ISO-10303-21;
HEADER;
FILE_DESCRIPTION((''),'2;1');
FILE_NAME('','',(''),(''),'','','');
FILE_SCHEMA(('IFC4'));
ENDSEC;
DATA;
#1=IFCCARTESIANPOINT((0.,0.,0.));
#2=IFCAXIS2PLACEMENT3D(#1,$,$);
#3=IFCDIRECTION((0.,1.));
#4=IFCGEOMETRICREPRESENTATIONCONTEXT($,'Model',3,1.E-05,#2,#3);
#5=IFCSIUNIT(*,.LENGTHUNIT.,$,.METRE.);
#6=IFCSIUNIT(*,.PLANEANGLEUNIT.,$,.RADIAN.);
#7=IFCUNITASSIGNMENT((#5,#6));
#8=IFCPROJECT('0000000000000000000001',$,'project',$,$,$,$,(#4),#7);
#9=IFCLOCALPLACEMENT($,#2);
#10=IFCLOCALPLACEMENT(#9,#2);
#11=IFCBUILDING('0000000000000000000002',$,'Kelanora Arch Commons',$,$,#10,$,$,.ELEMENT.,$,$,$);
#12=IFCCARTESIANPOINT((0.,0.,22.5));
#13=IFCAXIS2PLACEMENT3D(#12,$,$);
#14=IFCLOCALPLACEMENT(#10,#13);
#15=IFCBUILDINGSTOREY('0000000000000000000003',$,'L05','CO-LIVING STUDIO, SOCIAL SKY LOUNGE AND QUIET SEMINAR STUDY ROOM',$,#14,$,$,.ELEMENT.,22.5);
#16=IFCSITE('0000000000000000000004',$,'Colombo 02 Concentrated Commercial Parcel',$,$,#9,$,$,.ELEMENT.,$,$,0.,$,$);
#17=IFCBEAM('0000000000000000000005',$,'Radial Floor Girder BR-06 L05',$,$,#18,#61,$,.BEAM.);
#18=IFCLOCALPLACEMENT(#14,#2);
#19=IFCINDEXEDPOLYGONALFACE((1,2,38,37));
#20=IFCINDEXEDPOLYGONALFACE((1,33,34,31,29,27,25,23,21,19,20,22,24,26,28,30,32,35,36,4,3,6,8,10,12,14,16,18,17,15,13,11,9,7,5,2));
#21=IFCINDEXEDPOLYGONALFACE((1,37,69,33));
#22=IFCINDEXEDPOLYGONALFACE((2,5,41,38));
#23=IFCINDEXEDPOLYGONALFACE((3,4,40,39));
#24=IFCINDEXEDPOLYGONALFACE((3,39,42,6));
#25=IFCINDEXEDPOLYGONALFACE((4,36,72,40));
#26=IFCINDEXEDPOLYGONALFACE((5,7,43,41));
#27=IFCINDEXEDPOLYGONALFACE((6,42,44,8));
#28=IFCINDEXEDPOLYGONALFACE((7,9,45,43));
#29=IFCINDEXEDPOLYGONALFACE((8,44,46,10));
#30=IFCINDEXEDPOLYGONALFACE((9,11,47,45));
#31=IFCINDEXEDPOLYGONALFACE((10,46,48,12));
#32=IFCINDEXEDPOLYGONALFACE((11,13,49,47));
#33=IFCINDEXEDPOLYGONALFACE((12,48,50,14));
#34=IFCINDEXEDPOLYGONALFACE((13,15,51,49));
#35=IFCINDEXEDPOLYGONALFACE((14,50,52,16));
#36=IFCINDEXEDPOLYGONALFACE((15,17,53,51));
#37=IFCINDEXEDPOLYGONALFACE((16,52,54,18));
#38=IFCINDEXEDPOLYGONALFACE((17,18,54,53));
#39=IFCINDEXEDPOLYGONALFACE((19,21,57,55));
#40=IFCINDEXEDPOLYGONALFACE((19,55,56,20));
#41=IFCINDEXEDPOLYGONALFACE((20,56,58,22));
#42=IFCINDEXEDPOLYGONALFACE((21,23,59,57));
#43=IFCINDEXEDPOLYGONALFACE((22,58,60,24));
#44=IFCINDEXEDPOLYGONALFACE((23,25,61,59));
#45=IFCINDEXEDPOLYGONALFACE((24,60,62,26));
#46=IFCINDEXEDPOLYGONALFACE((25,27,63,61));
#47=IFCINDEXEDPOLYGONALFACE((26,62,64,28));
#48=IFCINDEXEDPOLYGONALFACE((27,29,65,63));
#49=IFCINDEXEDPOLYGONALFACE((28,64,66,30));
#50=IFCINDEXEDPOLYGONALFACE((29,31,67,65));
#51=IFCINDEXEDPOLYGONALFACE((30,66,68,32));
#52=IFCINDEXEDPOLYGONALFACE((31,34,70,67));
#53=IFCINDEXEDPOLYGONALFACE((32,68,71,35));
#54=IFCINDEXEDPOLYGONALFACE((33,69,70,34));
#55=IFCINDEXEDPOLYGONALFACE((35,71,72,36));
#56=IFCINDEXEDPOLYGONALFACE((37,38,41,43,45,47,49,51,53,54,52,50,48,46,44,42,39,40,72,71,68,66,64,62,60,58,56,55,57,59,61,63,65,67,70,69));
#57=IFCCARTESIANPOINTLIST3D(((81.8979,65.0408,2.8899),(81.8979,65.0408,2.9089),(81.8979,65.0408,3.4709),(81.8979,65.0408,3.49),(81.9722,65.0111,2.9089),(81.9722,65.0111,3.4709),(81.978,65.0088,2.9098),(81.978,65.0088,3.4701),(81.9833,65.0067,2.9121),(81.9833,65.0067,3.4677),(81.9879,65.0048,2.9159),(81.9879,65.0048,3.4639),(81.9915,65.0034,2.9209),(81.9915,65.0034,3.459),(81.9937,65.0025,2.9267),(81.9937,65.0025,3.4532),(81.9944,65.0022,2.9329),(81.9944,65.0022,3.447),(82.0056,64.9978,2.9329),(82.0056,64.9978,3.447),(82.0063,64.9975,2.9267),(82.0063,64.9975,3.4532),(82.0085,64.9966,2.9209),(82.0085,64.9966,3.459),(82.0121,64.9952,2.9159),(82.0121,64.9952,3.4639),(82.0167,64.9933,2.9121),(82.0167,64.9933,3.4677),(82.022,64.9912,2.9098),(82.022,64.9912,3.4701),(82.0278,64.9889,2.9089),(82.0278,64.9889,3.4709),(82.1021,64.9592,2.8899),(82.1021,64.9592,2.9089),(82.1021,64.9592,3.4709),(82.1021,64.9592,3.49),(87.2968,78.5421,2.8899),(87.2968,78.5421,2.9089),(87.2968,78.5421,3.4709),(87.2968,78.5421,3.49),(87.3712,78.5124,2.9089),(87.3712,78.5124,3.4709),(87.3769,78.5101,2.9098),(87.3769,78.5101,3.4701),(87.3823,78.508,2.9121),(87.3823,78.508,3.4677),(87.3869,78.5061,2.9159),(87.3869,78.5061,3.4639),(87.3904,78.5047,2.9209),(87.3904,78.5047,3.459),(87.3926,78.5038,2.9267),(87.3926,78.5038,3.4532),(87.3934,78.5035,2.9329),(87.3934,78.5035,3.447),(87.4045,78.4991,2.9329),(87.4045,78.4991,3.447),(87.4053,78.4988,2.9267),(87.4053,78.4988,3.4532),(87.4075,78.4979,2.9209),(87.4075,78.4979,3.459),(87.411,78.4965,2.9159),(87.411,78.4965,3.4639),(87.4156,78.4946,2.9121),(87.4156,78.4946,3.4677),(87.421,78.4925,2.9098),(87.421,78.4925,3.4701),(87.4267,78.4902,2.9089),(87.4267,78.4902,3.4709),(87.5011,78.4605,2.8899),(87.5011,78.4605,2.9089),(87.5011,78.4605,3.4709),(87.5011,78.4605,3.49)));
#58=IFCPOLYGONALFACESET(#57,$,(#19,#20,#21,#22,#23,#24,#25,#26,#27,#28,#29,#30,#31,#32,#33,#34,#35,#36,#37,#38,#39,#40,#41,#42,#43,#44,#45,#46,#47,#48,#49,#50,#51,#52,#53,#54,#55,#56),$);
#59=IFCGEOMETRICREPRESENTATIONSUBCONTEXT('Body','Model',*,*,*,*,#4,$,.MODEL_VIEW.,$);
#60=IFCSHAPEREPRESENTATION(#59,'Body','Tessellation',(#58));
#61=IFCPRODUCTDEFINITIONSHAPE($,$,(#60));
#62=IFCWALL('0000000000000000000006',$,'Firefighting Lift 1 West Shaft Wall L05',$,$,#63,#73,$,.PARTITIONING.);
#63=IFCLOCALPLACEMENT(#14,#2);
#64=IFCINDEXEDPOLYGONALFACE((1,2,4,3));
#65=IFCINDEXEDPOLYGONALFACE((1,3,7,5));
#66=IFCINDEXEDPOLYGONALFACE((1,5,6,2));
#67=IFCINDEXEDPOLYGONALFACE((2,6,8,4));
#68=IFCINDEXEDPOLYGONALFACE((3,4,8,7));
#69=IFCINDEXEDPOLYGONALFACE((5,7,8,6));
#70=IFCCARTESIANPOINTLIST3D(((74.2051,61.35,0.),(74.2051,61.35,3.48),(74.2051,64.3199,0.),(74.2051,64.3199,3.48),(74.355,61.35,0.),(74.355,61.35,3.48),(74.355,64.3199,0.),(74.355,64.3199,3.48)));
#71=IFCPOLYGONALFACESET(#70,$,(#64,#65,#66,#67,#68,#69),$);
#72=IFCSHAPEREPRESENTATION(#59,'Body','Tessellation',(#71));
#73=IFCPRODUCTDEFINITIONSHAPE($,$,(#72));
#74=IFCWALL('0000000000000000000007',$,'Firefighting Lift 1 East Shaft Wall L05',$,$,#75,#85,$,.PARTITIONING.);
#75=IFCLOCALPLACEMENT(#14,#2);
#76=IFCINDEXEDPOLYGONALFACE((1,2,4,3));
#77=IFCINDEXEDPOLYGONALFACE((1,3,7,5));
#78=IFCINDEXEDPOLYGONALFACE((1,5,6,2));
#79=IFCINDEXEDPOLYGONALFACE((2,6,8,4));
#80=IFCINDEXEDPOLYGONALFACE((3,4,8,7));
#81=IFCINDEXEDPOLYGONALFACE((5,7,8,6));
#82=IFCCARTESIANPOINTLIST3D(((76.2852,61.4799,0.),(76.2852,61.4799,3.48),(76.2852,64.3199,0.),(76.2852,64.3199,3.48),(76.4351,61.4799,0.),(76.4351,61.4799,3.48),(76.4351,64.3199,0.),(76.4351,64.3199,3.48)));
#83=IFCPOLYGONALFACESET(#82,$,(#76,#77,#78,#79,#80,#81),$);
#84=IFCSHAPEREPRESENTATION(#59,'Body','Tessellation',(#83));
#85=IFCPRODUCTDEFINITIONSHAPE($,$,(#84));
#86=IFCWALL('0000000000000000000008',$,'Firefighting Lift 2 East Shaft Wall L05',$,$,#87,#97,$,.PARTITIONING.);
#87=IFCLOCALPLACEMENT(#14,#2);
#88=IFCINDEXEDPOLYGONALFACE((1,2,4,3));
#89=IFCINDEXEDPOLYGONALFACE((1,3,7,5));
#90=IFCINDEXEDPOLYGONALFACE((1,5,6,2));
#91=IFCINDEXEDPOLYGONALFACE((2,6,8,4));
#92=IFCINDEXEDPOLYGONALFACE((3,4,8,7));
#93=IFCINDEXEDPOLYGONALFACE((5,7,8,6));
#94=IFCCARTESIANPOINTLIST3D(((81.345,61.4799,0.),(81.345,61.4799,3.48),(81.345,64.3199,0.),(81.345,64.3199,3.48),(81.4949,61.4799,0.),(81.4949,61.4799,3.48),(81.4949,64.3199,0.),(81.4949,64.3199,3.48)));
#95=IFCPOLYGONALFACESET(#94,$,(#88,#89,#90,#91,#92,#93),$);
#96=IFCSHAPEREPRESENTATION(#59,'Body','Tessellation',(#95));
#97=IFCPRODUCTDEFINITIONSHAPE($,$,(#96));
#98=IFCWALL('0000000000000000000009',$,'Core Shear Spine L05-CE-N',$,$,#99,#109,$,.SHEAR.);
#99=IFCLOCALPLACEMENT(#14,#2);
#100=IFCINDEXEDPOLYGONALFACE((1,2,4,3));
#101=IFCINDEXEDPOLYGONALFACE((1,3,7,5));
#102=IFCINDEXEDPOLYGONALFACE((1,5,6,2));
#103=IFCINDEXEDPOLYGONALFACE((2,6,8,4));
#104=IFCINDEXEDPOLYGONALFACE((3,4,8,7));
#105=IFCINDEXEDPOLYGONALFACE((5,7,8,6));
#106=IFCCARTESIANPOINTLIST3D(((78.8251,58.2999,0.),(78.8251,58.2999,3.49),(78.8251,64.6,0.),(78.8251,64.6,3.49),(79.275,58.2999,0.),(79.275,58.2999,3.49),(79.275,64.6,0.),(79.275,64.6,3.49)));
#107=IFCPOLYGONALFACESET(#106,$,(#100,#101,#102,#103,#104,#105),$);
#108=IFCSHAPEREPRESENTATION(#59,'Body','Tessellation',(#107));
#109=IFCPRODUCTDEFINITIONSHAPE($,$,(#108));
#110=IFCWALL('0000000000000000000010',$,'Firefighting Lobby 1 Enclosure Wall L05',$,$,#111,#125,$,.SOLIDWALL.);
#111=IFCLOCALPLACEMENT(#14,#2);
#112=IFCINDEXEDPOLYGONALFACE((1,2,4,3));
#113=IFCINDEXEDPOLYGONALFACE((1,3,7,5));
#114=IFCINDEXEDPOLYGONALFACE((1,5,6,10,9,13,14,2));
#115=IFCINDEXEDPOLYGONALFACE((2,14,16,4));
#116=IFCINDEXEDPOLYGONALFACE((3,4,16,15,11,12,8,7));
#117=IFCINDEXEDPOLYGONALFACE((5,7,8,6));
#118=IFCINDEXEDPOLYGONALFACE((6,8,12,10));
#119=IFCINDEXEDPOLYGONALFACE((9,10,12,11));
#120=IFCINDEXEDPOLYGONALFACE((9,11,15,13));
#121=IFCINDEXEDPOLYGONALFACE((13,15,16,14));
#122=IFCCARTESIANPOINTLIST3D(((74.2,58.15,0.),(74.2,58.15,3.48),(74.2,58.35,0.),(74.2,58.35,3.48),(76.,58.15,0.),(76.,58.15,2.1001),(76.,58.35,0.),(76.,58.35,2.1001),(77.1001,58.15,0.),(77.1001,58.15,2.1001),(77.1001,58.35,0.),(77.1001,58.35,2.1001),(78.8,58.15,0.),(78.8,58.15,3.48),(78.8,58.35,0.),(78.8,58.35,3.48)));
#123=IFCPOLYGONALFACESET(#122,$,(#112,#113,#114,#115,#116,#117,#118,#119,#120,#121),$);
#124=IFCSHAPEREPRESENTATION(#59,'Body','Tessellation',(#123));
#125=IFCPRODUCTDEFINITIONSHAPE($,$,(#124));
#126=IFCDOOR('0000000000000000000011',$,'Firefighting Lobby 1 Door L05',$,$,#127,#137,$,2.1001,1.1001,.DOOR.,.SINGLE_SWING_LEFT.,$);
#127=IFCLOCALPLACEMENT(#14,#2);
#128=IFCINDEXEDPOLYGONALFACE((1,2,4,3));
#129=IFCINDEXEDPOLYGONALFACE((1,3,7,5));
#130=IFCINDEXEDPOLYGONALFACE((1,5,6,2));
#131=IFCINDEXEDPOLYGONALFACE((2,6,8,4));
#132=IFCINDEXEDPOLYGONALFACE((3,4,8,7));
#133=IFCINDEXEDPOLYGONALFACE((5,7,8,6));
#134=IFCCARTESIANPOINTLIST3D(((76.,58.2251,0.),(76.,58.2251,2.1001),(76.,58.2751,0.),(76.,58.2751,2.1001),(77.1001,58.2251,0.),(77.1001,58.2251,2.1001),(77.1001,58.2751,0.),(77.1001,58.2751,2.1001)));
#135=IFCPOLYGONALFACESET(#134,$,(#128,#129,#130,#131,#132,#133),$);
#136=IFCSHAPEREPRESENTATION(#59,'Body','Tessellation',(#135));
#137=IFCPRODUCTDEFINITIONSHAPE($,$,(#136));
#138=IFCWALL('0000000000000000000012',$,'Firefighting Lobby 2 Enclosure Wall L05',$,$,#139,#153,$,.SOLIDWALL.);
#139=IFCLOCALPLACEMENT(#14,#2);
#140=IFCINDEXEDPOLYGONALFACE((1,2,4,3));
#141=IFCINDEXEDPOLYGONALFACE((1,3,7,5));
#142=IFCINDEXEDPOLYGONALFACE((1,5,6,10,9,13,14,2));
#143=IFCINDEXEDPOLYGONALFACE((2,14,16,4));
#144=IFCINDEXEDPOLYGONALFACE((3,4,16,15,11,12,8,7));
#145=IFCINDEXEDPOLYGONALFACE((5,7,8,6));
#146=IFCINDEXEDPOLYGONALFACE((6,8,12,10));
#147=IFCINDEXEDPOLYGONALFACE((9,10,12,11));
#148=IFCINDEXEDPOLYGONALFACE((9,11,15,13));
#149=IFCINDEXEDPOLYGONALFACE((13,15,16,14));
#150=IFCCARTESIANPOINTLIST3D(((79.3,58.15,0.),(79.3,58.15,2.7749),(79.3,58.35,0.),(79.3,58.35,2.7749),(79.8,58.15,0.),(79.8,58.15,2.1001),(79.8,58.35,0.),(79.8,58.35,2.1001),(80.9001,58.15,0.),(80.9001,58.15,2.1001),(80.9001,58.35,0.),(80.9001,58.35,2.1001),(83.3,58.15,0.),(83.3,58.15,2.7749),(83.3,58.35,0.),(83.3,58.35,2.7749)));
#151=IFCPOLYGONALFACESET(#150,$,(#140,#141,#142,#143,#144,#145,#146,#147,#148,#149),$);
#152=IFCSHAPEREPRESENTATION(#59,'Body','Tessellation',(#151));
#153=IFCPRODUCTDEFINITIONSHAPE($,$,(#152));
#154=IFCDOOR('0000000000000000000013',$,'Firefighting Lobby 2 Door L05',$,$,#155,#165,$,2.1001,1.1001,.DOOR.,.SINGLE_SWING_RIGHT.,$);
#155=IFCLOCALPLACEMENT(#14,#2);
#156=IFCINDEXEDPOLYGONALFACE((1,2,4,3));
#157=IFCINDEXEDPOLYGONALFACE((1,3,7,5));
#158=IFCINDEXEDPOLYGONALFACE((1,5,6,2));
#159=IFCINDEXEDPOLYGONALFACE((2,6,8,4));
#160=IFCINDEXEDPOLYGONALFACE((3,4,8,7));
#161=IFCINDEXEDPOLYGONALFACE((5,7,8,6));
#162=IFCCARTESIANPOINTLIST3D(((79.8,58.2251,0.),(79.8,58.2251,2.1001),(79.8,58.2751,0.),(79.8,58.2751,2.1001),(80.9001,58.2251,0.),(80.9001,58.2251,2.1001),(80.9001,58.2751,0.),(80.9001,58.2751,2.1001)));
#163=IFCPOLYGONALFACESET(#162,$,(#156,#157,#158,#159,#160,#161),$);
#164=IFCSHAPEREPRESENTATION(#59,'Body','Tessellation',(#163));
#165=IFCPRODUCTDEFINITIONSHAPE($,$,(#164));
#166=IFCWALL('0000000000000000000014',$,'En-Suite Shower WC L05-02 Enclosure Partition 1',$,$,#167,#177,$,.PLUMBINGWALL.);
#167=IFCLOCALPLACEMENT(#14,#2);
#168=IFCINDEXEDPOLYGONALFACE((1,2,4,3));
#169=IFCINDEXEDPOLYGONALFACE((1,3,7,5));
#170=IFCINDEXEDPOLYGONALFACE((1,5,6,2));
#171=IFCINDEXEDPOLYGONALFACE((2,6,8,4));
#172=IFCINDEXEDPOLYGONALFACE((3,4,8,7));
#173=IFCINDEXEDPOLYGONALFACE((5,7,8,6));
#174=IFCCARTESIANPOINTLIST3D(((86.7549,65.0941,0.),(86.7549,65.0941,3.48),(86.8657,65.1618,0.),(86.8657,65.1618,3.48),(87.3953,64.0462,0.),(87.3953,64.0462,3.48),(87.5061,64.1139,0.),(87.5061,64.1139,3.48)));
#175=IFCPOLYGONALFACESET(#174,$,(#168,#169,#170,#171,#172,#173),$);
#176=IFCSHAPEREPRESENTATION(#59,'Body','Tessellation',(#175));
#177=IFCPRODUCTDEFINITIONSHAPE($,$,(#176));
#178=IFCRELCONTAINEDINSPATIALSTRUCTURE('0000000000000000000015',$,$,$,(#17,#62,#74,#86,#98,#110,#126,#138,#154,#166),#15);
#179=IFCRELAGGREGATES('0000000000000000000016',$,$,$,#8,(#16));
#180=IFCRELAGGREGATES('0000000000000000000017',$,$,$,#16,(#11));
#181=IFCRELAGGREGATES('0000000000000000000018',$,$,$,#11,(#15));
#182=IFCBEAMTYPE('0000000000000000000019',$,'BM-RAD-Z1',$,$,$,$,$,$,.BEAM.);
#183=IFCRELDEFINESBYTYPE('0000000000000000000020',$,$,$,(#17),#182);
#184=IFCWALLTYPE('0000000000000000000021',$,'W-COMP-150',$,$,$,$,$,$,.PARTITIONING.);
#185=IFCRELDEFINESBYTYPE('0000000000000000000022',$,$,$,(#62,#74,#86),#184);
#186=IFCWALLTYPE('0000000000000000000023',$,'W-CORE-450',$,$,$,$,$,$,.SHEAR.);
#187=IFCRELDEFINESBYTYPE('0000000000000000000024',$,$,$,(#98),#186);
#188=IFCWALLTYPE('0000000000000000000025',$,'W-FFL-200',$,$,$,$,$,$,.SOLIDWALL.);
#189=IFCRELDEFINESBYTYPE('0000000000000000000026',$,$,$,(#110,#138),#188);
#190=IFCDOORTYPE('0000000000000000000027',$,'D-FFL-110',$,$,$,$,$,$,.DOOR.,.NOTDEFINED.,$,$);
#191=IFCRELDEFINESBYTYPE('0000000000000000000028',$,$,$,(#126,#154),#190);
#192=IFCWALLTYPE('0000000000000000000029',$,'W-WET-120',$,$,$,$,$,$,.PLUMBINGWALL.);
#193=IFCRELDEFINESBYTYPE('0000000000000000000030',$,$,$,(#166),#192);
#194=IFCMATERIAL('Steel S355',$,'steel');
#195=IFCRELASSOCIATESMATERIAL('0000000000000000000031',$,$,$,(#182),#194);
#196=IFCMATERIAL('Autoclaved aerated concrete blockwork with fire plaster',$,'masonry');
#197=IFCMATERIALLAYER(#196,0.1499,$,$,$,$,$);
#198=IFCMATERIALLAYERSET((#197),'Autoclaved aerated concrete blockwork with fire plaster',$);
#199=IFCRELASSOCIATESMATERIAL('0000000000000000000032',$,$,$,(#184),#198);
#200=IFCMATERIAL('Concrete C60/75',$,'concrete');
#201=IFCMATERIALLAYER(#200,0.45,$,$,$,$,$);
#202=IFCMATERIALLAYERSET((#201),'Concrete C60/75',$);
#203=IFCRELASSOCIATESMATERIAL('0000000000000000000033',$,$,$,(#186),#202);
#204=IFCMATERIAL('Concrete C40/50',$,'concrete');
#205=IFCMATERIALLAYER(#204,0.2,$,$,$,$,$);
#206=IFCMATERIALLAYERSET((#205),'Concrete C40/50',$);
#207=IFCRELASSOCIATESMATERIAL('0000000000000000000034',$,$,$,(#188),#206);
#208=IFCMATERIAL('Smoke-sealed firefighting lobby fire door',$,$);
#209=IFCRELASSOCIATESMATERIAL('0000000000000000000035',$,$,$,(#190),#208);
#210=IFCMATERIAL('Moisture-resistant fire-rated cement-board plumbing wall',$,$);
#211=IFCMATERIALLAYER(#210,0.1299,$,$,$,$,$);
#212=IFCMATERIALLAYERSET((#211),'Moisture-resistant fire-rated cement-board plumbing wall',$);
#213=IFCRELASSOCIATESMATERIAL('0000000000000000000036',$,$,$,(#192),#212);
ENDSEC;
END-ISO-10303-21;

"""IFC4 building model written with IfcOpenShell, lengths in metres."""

from ifc_helpers import new_model, si_unit, direction, frame, frame_2d, origin, origin_2d, place, context, subcontext, project, spatial, rectangle, i_section, extrude, material, layer, layer_set, material_profile, profile_set, type_object, element, fill, save


model = new_model("IFC4")

# Units and contexts
model_context = context("Model", 3, precision=1e-05, world=origin(), true_north=direction((0.0, 1.0)))
body_context = subcontext(model_context, "Body", "Model", "MODEL_VIEW")
ifc_project = project(units=[si_unit("LENGTHUNIT", "METRE"), si_unit("PLANEANGLEUNIT", "RADIAN")], contexts=[model_context])

# Site, building, storey
site_placement = place(None, origin())
site = spatial("IfcSite", under=ifc_project, at=site_placement, Name="Colombo 02 Concentrated Commercial Parcel", CompositionType="ELEMENT", RefElevation=0.0)
building_placement = place(site_placement, origin())
building = spatial("IfcBuilding", under=site, at=building_placement, Name="Kelanora Arch Commons", CompositionType="ELEMENT")
storey_placement = place(building_placement, frame((0.0, 0.0, 22.5)))
storey = spatial("IfcBuildingStorey", under=building, at=storey_placement, Name="L05", Description="CO-LIVING STUDIO, SOCIAL SKY LOUNGE AND QUIET SEMINAR STUDY ROOM", CompositionType="ELEMENT", Elevation=22.5)

# Shared definitions
ifc_material_1 = material(Name="Concrete C60/75", Category="concrete")

# Beam
ifc_material_2 = material(Name="Steel S355", Category="steel")
ifc_material_profile_1 = material_profile(ifc_material_2, i_section(OverallWidth=0.22, OverallDepth=0.6001, WebThickness=0.012, FlangeThickness=0.019, FilletRadius=0.0239, at=origin_2d()), Name="IPE600")
ifc_profile_set_1 = profile_set([ifc_material_profile_1], Name="Steel S355")
beam_type_1 = type_object("IfcBeamType", Name="BM-RAD-Z1", PredefinedType="BEAM", material=ifc_profile_set_1)
beam_1_placement = place(storey_placement, frame((82.0, 65.0, 3.1899), z_axis=(0.371298, 0.928514, 0.0), x_axis=(-0.928514, 0.371298, 0.0)))
element("IfcBeam", 1, at=beam_1_placement, inside=storey, type_object=beam_type_1, Name="Radial Floor Girder BR-06 L05", PredefinedType="BEAM", context=body_context, shape_type="SweptSolid", body=[
    extrude(i_section(OverallWidth=0.22, OverallDepth=0.6001, WebThickness=0.012, FlangeThickness=0.019, FilletRadius=0.0239, at=origin_2d()), origin(), (0.0, 0.0, 1.0), 14.5408),
])

# Walls
ifc_material_3 = material(Name="Autoclaved aerated concrete blockwork with fire plaster", Category="masonry")
ifc_layer_1 = layer(ifc_material_3, 0.1499)
ifc_layer_set_1 = layer_set([ifc_layer_1], Name="Autoclaved aerated concrete blockwork with fire plaster")
wall_type_1 = type_object("IfcWallType", Name="W-COMP-150", PredefinedType="PARTITIONING", material=ifc_layer_set_1)
wall_1_placement = place(storey_placement, frame((74.28, 61.3501, 0.0), z_axis=(0.0, 0.0, 1.0), x_axis=(0.0, 1.0, 0.0)))
element("IfcWall", 2, at=wall_1_placement, inside=storey, type_object=wall_type_1, Name="Firefighting Lift 1 West Shaft Wall L05", PredefinedType="PARTITIONING", context=body_context, shape_type="SweptSolid", body=[
    extrude(rectangle(XDim=2.97, YDim=0.1499, at=frame_2d((1.4849, 0.0))), origin(), (0.0, 0.0, 1.0), 3.48),
])
for number, where, z_axis, x_axis, name in (
    (3, (76.3601, 61.48, 0.0), (0.0, 0.0, 1.0), (0.0, 1.0, 0.0), "Firefighting Lift 1 East Shaft Wall L05"),
    (4, (81.4199, 61.48, 0.0), (0.0, 0.0, 1.0), (0.0, 1.0, 0.0), "Firefighting Lift 2 East Shaft Wall L05"),
):
    element("IfcWall", number, at=place(storey_placement, frame(where, z_axis=z_axis, x_axis=x_axis)), inside=storey, type_object=wall_type_1, Name=name, PredefinedType="PARTITIONING", context=body_context, shape_type="SweptSolid", body=[
        extrude(rectangle(XDim=2.8401, YDim=0.1499, at=frame_2d((1.4199, 0.0))), origin(), (0.0, 0.0, 1.0), 3.48),
    ])
ifc_layer_2 = layer(ifc_material_1, 0.45)
ifc_layer_set_2 = layer_set([ifc_layer_2], Name="Concrete C60/75")
wall_type_2 = type_object("IfcWallType", Name="W-CORE-450", PredefinedType="SHEAR", material=ifc_layer_set_2)
wall_2_placement = place(storey_placement, frame((79.05, 58.3, 0.0), z_axis=(0.0, 0.0, 1.0), x_axis=(0.0, 1.0, 0.0)))
element("IfcWall", 5, at=wall_2_placement, inside=storey, type_object=wall_type_2, Name="Core Shear Spine L05-CE-N", PredefinedType="SHEAR", context=body_context, shape_type="SweptSolid", body=[
    extrude(rectangle(XDim=6.3, YDim=0.45, at=frame_2d((3.1499, 0.0))), origin(), (0.0, 0.0, 1.0), 3.49),
])

# Walls, openings, doors
ifc_material_4 = material(Name="Concrete C40/50", Category="concrete")
ifc_layer_3 = layer(ifc_material_4, 0.2)
ifc_layer_set_3 = layer_set([ifc_layer_3], Name="Concrete C40/50")
wall_type_3 = type_object("IfcWallType", Name="W-FFL-200", PredefinedType="SOLIDWALL", material=ifc_layer_set_3)
wall_3_placement = place(storey_placement, frame((74.2, 58.25, 0.0), z_axis=(0.0, 0.0, 1.0), x_axis=(1.0, 0.0, 0.0)))
wall_3 = element("IfcWall", 6, at=wall_3_placement, inside=storey, type_object=wall_type_3, Name="Firefighting Lobby 1 Enclosure Wall L05", PredefinedType="SOLIDWALL", context=body_context, shape_type="SweptSolid", body=[
    extrude(rectangle(XDim=4.6001, YDim=0.2, at=frame_2d((2.3, 0.0))), origin(), (0.0, 0.0, 1.0), 3.48),
])
opening_1_placement = place(wall_3_placement, frame((1.8, 0.0, 0.0)))
opening_1 = element("IfcOpeningElement", 7, at=opening_1_placement, cuts=wall_3, PredefinedType="OPENING", context=body_context, shape_type="SweptSolid", body=[
    extrude(rectangle(XDim=1.1001, YDim=2.1001, at=frame_2d((0.55, 1.05))), frame((0.0, 0.1099, 0.0), z_axis=(0.0, -1.0, 0.0), x_axis=(1.0, 0.0, 0.0)), (0.0, 0.0, 1.0), 0.22),
])
ifc_material_5 = material(Name="Smoke-sealed firefighting lobby fire door")
door_type_1 = type_object("IfcDoorType", Name="D-FFL-110", OperationType="NOTDEFINED", PredefinedType="DOOR", material=ifc_material_5)
door_1_placement = place(opening_1_placement, frame((1.1001, 0.0, 0.0), z_axis=(0.0, 0.0, 1.0), x_axis=(-1.0, 0.0, 0.0)))
door_1 = element("IfcDoor", 8, at=door_1_placement, inside=storey, type_object=door_type_1, Name="Firefighting Lobby 1 Door L05", OperationType="SINGLE_SWING_LEFT", OverallHeight=2.1001, OverallWidth=1.1001, PredefinedType="DOOR", context=body_context, shape_type="SweptSolid", body=[
    extrude(rectangle(XDim=1.1001, YDim=2.1001, at=frame_2d((0.55, 1.05))), frame((0.0, 0.0249, 0.0), z_axis=(0.0, -1.0, 0.0), x_axis=(1.0, 0.0, 0.0)), (0.0, 0.0, 1.0), 0.05),
])
fill(opening_1, door_1)
wall_4_placement = place(storey_placement, frame((79.3, 58.25, 0.0), z_axis=(0.0, 0.0, 1.0), x_axis=(1.0, 0.0, 0.0)))
wall_4 = element("IfcWall", 9, at=wall_4_placement, inside=storey, type_object=wall_type_3, Name="Firefighting Lobby 2 Enclosure Wall L05", PredefinedType="SOLIDWALL", context=body_context, shape_type="SweptSolid", body=[
    extrude(rectangle(XDim=4.0, YDim=0.2, at=frame_2d((2.0, 0.0))), origin(), (0.0, 0.0, 1.0), 2.7749),
])
opening_2_placement = place(wall_4_placement, frame((0.5, 0.0, 0.0)))
opening_2 = element("IfcOpeningElement", 10, at=opening_2_placement, cuts=wall_4, PredefinedType="OPENING", context=body_context, shape_type="SweptSolid", body=[
    extrude(rectangle(XDim=1.1001, YDim=2.1001, at=frame_2d((0.55, 1.05))), frame((0.0, 0.1099, 0.0), z_axis=(0.0, -1.0, 0.0), x_axis=(1.0, 0.0, 0.0)), (0.0, 0.0, 1.0), 0.22),
])
door_2_placement = place(opening_2_placement, frame((1.1001, 0.0, 0.0), z_axis=(0.0, 0.0, 1.0), x_axis=(-1.0, 0.0, 0.0)))
door_2 = element("IfcDoor", 11, at=door_2_placement, inside=storey, type_object=door_type_1, Name="Firefighting Lobby 2 Door L05", OperationType="SINGLE_SWING_RIGHT", OverallHeight=2.1001, OverallWidth=1.1001, PredefinedType="DOOR", context=body_context, shape_type="SweptSolid", body=[
    extrude(rectangle(XDim=1.1001, YDim=2.1001, at=frame_2d((0.55, 1.05))), frame((0.0, 0.0249, 0.0), z_axis=(0.0, -1.0, 0.0), x_axis=(1.0, 0.0, 0.0)), (0.0, 0.0, 1.0), 0.05),
])
fill(opening_2, door_2)

# Wall
ifc_material_6 = material(Name="Moisture-resistant fire-rated cement-board plumbing wall")
ifc_layer_4 = layer(ifc_material_6, 0.1299)
ifc_layer_set_4 = layer_set([ifc_layer_4], Name="Moisture-resistant fire-rated cement-board plumbing wall")
wall_type_4 = type_object("IfcWallType", Name="W-WET-120", PredefinedType="PLUMBINGWALL", material=ifc_layer_set_4)
wall_5_placement = place(storey_placement, frame((87.4507, 64.0801, 0.0), z_axis=(0.0, 0.0, 1.0), x_axis=(-0.521466, 0.853272, 0.0)))
element("IfcWall", 12, at=wall_5_placement, inside=storey, type_object=wall_type_4, Name="En-Suite Shower WC L05-02 Enclosure Partition 1", PredefinedType="PLUMBINGWALL", context=body_context, shape_type="SweptSolid", body=[
    extrude(rectangle(XDim=1.228, YDim=0.1299, at=frame_2d((0.614, 0.0))), origin(), (0.0, 0.0, 1.0), 3.48),
])

save(model, "model.ifc")
